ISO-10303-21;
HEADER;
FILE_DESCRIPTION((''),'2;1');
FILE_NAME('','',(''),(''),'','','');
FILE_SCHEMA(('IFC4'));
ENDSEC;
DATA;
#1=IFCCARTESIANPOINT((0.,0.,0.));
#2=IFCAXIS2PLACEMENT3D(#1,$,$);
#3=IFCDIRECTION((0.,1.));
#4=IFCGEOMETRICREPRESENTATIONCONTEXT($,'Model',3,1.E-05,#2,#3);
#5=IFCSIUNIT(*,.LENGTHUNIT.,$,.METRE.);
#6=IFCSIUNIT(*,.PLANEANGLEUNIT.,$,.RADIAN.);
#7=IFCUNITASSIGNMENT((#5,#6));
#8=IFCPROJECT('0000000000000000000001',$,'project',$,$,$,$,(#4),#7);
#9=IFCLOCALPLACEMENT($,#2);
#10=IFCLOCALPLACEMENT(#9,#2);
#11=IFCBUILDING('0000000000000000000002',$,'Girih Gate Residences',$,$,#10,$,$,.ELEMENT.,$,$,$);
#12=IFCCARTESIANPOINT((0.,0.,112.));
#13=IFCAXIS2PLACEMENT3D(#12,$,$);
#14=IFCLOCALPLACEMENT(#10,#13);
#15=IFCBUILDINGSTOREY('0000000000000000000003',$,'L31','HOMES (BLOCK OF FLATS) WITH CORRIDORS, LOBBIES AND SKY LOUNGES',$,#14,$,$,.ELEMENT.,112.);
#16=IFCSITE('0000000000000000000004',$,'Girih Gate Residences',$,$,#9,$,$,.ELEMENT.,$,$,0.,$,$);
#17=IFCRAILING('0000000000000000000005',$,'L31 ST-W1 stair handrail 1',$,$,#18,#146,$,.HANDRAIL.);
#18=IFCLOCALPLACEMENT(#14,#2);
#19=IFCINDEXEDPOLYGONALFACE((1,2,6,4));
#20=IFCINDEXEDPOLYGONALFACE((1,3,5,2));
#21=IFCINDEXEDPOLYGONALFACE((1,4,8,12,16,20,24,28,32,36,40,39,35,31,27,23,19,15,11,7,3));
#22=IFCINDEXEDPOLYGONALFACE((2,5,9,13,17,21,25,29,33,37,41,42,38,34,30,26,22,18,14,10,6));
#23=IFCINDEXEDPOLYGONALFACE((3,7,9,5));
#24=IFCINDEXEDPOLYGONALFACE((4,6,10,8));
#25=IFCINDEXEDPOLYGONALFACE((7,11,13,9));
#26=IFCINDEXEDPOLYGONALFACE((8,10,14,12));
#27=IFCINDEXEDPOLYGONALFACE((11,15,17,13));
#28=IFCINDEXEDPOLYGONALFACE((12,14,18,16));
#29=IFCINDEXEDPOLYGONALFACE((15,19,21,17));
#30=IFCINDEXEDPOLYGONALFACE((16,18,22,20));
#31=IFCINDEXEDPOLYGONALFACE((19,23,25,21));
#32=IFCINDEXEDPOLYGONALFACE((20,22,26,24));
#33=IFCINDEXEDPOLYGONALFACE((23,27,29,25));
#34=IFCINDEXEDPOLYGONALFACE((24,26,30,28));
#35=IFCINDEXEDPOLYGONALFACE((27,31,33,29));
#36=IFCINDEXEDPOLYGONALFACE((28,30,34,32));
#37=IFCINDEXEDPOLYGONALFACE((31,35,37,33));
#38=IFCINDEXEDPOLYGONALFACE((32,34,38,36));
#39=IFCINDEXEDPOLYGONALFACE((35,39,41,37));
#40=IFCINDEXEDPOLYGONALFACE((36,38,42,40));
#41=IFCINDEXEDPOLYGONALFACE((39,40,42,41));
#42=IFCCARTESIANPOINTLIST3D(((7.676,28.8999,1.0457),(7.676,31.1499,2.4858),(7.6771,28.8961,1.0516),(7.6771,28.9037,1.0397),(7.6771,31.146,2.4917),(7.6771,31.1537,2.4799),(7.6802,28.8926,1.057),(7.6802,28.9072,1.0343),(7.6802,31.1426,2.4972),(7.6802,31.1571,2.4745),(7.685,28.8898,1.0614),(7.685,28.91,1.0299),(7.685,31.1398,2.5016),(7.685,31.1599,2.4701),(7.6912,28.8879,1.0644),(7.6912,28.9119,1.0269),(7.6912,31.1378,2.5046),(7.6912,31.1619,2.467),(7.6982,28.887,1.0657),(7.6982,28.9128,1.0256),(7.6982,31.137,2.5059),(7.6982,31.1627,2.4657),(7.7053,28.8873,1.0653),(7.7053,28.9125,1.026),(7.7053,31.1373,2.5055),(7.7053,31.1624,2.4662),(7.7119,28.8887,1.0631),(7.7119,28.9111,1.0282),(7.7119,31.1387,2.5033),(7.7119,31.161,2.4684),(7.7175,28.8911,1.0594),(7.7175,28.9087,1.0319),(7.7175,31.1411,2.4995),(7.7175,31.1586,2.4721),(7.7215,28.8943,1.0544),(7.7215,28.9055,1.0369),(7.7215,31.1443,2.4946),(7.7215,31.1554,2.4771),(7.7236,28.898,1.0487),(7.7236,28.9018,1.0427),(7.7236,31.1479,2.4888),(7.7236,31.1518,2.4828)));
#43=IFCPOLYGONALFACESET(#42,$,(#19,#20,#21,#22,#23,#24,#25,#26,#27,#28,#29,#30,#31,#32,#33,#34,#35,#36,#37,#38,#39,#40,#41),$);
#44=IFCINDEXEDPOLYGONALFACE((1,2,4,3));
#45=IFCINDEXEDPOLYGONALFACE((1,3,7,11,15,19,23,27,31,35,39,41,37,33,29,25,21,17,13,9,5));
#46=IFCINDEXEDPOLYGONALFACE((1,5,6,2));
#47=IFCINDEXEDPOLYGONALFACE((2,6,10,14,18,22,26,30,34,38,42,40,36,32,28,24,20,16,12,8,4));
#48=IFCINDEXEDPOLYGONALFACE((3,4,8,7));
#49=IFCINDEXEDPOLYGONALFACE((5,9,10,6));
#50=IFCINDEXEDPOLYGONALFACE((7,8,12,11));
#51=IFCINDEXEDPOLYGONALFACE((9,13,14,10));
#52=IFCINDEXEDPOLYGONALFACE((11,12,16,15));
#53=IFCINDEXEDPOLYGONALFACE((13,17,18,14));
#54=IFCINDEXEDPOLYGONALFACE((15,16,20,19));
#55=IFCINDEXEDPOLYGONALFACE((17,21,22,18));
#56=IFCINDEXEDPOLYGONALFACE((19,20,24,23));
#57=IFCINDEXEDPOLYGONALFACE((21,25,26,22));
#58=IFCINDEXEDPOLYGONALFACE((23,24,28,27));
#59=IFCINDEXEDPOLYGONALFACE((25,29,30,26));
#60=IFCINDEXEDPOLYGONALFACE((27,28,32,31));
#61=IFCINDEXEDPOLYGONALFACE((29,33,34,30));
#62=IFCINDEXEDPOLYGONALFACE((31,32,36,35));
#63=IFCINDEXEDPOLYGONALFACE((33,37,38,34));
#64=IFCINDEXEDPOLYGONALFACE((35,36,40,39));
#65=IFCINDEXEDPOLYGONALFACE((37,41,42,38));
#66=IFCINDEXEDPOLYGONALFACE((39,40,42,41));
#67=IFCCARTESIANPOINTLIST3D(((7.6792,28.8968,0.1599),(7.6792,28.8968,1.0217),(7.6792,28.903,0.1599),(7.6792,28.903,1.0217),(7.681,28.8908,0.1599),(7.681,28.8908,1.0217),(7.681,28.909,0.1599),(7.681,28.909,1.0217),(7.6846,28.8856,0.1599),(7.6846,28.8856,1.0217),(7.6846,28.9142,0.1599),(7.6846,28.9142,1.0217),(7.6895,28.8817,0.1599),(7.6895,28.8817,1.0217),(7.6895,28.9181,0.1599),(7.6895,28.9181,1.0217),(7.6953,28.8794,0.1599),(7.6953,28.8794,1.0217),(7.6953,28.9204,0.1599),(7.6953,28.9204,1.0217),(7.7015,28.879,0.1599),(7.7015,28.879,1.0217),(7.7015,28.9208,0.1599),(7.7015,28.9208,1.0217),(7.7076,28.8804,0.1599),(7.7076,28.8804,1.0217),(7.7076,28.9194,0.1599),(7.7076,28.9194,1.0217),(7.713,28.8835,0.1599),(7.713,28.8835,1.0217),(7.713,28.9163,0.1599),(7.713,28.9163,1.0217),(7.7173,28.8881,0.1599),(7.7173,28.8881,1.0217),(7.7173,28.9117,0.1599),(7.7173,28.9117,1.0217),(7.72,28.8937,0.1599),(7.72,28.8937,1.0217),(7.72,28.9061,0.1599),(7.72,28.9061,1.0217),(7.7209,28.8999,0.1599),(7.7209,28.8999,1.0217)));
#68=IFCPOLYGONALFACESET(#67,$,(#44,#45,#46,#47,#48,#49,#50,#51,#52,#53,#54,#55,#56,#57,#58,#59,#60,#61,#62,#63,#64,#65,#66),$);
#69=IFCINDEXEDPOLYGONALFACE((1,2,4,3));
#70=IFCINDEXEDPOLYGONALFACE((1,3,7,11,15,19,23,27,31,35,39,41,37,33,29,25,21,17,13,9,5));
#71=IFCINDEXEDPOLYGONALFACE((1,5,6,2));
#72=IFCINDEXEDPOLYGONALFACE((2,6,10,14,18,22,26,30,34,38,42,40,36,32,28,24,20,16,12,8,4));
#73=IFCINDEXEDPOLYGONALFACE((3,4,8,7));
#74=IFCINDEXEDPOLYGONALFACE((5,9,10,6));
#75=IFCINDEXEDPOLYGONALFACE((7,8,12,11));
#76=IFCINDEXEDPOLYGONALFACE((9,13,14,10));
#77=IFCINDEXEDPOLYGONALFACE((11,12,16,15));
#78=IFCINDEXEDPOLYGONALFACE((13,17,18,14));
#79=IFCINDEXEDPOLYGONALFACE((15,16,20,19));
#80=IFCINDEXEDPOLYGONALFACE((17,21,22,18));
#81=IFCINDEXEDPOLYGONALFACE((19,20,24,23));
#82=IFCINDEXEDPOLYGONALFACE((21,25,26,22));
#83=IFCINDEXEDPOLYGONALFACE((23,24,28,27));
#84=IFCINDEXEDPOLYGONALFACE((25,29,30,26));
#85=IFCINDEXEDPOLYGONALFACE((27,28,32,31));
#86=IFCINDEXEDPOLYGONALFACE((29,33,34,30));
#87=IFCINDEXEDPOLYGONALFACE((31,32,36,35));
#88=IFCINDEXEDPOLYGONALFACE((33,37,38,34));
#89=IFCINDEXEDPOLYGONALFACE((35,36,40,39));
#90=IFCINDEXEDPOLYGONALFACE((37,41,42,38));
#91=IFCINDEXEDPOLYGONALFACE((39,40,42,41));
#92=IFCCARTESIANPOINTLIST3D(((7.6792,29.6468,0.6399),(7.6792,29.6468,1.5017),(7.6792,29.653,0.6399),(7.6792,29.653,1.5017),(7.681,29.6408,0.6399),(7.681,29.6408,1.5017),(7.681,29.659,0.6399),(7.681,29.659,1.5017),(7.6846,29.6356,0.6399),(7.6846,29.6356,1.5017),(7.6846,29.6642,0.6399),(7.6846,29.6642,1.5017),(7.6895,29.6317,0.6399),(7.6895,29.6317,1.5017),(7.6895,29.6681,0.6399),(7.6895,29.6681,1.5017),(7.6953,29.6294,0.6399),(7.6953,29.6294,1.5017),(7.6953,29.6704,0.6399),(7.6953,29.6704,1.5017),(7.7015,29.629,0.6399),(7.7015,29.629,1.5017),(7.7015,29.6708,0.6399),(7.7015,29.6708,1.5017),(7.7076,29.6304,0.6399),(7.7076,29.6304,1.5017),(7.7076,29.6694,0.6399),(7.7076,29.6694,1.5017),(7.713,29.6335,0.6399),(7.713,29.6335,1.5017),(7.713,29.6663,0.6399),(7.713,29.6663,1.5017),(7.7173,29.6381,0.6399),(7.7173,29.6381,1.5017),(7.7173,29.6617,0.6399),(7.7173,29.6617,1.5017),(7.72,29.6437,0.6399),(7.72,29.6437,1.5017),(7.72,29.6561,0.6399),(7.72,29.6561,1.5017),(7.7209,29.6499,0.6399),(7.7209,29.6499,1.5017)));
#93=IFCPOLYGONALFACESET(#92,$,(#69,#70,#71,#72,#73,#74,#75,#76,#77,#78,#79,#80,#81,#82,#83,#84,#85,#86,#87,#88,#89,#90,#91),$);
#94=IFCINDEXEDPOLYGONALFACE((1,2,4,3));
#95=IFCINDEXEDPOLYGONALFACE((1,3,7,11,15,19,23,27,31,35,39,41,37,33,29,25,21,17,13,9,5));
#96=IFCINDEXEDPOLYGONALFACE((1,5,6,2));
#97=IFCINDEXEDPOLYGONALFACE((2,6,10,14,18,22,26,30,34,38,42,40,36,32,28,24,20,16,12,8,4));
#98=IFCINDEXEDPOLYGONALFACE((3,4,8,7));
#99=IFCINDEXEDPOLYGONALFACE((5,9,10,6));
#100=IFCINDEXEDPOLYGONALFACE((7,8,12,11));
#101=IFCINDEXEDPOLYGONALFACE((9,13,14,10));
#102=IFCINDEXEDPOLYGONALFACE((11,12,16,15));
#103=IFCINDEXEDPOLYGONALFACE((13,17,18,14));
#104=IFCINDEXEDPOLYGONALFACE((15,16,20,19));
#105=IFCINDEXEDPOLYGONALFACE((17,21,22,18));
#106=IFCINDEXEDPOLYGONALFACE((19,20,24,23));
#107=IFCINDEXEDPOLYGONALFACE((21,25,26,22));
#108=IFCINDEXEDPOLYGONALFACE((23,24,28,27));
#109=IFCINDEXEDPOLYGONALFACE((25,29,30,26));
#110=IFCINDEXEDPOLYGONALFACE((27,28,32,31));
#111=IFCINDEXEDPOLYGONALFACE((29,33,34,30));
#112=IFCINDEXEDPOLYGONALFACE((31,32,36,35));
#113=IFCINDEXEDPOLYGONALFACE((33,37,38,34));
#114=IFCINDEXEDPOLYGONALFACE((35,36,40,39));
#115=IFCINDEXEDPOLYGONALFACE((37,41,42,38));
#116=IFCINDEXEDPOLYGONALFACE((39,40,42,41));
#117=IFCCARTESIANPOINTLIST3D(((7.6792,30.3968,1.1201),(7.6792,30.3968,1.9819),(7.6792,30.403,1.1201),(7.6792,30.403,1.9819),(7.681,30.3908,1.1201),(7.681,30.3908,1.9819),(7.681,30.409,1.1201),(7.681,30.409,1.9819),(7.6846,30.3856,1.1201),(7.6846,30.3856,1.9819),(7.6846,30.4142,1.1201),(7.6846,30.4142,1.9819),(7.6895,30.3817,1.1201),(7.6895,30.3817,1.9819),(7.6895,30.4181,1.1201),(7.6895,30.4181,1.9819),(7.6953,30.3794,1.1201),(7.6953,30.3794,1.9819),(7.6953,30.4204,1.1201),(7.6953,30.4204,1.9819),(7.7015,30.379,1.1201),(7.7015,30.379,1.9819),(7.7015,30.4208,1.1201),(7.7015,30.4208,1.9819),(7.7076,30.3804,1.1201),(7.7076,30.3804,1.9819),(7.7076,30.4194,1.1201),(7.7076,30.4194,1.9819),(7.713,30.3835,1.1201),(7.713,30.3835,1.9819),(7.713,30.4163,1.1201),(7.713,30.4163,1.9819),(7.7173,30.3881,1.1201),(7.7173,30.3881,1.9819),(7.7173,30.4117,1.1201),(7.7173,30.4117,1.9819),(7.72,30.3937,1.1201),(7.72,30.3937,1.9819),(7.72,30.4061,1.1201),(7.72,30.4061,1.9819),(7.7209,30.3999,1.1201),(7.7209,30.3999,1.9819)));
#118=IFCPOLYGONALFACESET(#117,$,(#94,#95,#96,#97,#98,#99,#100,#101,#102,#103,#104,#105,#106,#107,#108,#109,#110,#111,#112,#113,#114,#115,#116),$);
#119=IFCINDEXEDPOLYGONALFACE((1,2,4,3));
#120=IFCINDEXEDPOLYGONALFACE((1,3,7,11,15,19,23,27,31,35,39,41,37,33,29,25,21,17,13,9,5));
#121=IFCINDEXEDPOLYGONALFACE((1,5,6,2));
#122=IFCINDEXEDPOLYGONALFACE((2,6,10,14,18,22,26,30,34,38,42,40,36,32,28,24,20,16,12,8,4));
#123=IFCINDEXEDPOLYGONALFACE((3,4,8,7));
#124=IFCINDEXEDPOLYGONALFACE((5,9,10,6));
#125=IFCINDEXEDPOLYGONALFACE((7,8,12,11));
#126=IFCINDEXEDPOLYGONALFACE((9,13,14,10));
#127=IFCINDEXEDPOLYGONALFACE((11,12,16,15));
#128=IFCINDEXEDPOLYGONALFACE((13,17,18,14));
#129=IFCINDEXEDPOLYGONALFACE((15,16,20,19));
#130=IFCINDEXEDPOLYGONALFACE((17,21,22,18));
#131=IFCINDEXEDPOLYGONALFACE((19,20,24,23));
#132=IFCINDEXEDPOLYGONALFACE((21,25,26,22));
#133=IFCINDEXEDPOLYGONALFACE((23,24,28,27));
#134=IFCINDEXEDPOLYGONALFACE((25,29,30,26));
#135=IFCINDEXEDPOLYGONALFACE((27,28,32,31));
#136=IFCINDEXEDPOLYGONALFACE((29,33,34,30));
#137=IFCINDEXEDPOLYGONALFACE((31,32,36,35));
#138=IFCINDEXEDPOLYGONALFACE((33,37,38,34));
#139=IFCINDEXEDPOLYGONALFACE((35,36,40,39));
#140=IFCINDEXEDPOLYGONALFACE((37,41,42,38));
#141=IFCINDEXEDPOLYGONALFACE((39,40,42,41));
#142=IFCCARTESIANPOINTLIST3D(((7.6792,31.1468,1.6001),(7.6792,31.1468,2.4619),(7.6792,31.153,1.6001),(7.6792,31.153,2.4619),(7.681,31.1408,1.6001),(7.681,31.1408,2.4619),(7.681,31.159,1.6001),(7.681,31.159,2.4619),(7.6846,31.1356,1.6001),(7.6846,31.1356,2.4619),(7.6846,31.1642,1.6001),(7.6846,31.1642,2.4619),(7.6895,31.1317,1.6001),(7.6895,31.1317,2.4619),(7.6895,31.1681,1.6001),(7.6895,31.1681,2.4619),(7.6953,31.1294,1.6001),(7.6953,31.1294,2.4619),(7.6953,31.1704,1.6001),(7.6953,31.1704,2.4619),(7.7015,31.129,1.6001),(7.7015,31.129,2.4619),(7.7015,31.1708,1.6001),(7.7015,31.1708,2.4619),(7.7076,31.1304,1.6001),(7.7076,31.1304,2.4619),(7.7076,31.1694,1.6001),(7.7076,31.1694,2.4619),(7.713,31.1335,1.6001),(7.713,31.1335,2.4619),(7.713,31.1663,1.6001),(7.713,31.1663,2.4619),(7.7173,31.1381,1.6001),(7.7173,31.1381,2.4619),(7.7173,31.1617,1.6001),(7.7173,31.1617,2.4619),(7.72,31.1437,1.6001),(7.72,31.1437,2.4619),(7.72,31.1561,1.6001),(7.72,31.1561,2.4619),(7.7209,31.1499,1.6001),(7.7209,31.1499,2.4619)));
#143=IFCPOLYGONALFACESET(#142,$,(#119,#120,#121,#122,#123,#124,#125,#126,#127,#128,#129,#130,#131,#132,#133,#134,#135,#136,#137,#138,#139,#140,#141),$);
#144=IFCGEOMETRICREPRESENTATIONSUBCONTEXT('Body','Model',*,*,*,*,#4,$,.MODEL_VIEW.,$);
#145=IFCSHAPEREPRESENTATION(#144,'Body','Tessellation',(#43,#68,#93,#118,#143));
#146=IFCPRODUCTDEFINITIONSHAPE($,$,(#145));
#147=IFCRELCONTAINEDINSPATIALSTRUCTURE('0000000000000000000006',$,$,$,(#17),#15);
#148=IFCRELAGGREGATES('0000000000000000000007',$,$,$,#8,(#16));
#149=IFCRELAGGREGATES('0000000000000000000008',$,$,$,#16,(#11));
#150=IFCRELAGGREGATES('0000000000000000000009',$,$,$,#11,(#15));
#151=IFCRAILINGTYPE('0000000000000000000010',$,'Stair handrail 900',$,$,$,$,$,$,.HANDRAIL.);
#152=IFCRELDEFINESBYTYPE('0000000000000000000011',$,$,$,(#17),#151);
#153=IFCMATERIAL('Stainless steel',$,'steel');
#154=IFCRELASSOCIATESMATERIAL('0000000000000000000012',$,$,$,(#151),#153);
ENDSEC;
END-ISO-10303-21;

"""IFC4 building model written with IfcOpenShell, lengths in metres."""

from ifc_helpers import new_model, si_unit, direction, frame, origin, origin_2d, place, context, subcontext, project, spatial, circle, extrude, material, type_object, element, save


model = new_model("IFC4")

# Units and contexts
model_context = context("Model", 3, precision=1e-05, world=origin(), true_north=direction((0.0, 1.0)))
body_context = subcontext(model_context, "Body", "Model", "MODEL_VIEW")
ifc_project = project(units=[si_unit("LENGTHUNIT", "METRE"), si_unit("PLANEANGLEUNIT", "RADIAN")], contexts=[model_context])

# Site, building, storey
site_placement = place(None, origin())
site = spatial("IfcSite", under=ifc_project, at=site_placement, Name="Girih Gate Residences", CompositionType="ELEMENT", RefElevation=0.0)
building_placement = place(site_placement, origin())
building = spatial("IfcBuilding", under=site, at=building_placement, Name="Girih Gate Residences", CompositionType="ELEMENT")
storey_placement = place(building_placement, frame((0.0, 0.0, 112.0)))
storey = spatial("IfcBuildingStorey", under=building, at=storey_placement, Name="L31", Description="HOMES (BLOCK OF FLATS) WITH CORRIDORS, LOBBIES AND SKY LOUNGES", CompositionType="ELEMENT", Elevation=112.0)

# Railing
ifc_material_1 = material(Name="Stainless steel", Category="steel")
railing_type_1 = type_object("IfcRailingType", Name="Stair handrail 900", PredefinedType="HANDRAIL", material=ifc_material_1)
railing_1_placement = place(storey_placement, frame((7.7, 28.8999, 0.1599)))
element("IfcRailing", 1, at=railing_1_placement, inside=storey, type_object=railing_type_1, Name="L31 ST-W1 stair handrail 1", PredefinedType="HANDRAIL", context=body_context, shape_type="SweptSolid", body=[
    extrude(circle(Radius=0.0239, at=origin_2d()), frame((0.0, 0.0, 0.8857), z_axis=(0.0, 0.84224, 0.539103), x_axis=(-1.0, 0.0, 0.0)), (0.0, 0.0, 1.0), 2.6714),
    extrude(circle(Radius=0.021, at=origin_2d()), origin(), (0.0, 0.0, 1.0), 0.8618),
    extrude(circle(Radius=0.021, at=origin_2d()), frame((0.0, 0.75, 0.48)), (0.0, 0.0, 1.0), 0.8618),
    extrude(circle(Radius=0.021, at=origin_2d()), frame((0.0, 1.5, 0.9602)), (0.0, 0.0, 1.0), 0.8618),
    extrude(circle(Radius=0.021, at=origin_2d()), frame((0.0, 2.25, 1.4402)), (0.0, 0.0, 1.0), 0.8618),
])

save(model, "model.ifc")
